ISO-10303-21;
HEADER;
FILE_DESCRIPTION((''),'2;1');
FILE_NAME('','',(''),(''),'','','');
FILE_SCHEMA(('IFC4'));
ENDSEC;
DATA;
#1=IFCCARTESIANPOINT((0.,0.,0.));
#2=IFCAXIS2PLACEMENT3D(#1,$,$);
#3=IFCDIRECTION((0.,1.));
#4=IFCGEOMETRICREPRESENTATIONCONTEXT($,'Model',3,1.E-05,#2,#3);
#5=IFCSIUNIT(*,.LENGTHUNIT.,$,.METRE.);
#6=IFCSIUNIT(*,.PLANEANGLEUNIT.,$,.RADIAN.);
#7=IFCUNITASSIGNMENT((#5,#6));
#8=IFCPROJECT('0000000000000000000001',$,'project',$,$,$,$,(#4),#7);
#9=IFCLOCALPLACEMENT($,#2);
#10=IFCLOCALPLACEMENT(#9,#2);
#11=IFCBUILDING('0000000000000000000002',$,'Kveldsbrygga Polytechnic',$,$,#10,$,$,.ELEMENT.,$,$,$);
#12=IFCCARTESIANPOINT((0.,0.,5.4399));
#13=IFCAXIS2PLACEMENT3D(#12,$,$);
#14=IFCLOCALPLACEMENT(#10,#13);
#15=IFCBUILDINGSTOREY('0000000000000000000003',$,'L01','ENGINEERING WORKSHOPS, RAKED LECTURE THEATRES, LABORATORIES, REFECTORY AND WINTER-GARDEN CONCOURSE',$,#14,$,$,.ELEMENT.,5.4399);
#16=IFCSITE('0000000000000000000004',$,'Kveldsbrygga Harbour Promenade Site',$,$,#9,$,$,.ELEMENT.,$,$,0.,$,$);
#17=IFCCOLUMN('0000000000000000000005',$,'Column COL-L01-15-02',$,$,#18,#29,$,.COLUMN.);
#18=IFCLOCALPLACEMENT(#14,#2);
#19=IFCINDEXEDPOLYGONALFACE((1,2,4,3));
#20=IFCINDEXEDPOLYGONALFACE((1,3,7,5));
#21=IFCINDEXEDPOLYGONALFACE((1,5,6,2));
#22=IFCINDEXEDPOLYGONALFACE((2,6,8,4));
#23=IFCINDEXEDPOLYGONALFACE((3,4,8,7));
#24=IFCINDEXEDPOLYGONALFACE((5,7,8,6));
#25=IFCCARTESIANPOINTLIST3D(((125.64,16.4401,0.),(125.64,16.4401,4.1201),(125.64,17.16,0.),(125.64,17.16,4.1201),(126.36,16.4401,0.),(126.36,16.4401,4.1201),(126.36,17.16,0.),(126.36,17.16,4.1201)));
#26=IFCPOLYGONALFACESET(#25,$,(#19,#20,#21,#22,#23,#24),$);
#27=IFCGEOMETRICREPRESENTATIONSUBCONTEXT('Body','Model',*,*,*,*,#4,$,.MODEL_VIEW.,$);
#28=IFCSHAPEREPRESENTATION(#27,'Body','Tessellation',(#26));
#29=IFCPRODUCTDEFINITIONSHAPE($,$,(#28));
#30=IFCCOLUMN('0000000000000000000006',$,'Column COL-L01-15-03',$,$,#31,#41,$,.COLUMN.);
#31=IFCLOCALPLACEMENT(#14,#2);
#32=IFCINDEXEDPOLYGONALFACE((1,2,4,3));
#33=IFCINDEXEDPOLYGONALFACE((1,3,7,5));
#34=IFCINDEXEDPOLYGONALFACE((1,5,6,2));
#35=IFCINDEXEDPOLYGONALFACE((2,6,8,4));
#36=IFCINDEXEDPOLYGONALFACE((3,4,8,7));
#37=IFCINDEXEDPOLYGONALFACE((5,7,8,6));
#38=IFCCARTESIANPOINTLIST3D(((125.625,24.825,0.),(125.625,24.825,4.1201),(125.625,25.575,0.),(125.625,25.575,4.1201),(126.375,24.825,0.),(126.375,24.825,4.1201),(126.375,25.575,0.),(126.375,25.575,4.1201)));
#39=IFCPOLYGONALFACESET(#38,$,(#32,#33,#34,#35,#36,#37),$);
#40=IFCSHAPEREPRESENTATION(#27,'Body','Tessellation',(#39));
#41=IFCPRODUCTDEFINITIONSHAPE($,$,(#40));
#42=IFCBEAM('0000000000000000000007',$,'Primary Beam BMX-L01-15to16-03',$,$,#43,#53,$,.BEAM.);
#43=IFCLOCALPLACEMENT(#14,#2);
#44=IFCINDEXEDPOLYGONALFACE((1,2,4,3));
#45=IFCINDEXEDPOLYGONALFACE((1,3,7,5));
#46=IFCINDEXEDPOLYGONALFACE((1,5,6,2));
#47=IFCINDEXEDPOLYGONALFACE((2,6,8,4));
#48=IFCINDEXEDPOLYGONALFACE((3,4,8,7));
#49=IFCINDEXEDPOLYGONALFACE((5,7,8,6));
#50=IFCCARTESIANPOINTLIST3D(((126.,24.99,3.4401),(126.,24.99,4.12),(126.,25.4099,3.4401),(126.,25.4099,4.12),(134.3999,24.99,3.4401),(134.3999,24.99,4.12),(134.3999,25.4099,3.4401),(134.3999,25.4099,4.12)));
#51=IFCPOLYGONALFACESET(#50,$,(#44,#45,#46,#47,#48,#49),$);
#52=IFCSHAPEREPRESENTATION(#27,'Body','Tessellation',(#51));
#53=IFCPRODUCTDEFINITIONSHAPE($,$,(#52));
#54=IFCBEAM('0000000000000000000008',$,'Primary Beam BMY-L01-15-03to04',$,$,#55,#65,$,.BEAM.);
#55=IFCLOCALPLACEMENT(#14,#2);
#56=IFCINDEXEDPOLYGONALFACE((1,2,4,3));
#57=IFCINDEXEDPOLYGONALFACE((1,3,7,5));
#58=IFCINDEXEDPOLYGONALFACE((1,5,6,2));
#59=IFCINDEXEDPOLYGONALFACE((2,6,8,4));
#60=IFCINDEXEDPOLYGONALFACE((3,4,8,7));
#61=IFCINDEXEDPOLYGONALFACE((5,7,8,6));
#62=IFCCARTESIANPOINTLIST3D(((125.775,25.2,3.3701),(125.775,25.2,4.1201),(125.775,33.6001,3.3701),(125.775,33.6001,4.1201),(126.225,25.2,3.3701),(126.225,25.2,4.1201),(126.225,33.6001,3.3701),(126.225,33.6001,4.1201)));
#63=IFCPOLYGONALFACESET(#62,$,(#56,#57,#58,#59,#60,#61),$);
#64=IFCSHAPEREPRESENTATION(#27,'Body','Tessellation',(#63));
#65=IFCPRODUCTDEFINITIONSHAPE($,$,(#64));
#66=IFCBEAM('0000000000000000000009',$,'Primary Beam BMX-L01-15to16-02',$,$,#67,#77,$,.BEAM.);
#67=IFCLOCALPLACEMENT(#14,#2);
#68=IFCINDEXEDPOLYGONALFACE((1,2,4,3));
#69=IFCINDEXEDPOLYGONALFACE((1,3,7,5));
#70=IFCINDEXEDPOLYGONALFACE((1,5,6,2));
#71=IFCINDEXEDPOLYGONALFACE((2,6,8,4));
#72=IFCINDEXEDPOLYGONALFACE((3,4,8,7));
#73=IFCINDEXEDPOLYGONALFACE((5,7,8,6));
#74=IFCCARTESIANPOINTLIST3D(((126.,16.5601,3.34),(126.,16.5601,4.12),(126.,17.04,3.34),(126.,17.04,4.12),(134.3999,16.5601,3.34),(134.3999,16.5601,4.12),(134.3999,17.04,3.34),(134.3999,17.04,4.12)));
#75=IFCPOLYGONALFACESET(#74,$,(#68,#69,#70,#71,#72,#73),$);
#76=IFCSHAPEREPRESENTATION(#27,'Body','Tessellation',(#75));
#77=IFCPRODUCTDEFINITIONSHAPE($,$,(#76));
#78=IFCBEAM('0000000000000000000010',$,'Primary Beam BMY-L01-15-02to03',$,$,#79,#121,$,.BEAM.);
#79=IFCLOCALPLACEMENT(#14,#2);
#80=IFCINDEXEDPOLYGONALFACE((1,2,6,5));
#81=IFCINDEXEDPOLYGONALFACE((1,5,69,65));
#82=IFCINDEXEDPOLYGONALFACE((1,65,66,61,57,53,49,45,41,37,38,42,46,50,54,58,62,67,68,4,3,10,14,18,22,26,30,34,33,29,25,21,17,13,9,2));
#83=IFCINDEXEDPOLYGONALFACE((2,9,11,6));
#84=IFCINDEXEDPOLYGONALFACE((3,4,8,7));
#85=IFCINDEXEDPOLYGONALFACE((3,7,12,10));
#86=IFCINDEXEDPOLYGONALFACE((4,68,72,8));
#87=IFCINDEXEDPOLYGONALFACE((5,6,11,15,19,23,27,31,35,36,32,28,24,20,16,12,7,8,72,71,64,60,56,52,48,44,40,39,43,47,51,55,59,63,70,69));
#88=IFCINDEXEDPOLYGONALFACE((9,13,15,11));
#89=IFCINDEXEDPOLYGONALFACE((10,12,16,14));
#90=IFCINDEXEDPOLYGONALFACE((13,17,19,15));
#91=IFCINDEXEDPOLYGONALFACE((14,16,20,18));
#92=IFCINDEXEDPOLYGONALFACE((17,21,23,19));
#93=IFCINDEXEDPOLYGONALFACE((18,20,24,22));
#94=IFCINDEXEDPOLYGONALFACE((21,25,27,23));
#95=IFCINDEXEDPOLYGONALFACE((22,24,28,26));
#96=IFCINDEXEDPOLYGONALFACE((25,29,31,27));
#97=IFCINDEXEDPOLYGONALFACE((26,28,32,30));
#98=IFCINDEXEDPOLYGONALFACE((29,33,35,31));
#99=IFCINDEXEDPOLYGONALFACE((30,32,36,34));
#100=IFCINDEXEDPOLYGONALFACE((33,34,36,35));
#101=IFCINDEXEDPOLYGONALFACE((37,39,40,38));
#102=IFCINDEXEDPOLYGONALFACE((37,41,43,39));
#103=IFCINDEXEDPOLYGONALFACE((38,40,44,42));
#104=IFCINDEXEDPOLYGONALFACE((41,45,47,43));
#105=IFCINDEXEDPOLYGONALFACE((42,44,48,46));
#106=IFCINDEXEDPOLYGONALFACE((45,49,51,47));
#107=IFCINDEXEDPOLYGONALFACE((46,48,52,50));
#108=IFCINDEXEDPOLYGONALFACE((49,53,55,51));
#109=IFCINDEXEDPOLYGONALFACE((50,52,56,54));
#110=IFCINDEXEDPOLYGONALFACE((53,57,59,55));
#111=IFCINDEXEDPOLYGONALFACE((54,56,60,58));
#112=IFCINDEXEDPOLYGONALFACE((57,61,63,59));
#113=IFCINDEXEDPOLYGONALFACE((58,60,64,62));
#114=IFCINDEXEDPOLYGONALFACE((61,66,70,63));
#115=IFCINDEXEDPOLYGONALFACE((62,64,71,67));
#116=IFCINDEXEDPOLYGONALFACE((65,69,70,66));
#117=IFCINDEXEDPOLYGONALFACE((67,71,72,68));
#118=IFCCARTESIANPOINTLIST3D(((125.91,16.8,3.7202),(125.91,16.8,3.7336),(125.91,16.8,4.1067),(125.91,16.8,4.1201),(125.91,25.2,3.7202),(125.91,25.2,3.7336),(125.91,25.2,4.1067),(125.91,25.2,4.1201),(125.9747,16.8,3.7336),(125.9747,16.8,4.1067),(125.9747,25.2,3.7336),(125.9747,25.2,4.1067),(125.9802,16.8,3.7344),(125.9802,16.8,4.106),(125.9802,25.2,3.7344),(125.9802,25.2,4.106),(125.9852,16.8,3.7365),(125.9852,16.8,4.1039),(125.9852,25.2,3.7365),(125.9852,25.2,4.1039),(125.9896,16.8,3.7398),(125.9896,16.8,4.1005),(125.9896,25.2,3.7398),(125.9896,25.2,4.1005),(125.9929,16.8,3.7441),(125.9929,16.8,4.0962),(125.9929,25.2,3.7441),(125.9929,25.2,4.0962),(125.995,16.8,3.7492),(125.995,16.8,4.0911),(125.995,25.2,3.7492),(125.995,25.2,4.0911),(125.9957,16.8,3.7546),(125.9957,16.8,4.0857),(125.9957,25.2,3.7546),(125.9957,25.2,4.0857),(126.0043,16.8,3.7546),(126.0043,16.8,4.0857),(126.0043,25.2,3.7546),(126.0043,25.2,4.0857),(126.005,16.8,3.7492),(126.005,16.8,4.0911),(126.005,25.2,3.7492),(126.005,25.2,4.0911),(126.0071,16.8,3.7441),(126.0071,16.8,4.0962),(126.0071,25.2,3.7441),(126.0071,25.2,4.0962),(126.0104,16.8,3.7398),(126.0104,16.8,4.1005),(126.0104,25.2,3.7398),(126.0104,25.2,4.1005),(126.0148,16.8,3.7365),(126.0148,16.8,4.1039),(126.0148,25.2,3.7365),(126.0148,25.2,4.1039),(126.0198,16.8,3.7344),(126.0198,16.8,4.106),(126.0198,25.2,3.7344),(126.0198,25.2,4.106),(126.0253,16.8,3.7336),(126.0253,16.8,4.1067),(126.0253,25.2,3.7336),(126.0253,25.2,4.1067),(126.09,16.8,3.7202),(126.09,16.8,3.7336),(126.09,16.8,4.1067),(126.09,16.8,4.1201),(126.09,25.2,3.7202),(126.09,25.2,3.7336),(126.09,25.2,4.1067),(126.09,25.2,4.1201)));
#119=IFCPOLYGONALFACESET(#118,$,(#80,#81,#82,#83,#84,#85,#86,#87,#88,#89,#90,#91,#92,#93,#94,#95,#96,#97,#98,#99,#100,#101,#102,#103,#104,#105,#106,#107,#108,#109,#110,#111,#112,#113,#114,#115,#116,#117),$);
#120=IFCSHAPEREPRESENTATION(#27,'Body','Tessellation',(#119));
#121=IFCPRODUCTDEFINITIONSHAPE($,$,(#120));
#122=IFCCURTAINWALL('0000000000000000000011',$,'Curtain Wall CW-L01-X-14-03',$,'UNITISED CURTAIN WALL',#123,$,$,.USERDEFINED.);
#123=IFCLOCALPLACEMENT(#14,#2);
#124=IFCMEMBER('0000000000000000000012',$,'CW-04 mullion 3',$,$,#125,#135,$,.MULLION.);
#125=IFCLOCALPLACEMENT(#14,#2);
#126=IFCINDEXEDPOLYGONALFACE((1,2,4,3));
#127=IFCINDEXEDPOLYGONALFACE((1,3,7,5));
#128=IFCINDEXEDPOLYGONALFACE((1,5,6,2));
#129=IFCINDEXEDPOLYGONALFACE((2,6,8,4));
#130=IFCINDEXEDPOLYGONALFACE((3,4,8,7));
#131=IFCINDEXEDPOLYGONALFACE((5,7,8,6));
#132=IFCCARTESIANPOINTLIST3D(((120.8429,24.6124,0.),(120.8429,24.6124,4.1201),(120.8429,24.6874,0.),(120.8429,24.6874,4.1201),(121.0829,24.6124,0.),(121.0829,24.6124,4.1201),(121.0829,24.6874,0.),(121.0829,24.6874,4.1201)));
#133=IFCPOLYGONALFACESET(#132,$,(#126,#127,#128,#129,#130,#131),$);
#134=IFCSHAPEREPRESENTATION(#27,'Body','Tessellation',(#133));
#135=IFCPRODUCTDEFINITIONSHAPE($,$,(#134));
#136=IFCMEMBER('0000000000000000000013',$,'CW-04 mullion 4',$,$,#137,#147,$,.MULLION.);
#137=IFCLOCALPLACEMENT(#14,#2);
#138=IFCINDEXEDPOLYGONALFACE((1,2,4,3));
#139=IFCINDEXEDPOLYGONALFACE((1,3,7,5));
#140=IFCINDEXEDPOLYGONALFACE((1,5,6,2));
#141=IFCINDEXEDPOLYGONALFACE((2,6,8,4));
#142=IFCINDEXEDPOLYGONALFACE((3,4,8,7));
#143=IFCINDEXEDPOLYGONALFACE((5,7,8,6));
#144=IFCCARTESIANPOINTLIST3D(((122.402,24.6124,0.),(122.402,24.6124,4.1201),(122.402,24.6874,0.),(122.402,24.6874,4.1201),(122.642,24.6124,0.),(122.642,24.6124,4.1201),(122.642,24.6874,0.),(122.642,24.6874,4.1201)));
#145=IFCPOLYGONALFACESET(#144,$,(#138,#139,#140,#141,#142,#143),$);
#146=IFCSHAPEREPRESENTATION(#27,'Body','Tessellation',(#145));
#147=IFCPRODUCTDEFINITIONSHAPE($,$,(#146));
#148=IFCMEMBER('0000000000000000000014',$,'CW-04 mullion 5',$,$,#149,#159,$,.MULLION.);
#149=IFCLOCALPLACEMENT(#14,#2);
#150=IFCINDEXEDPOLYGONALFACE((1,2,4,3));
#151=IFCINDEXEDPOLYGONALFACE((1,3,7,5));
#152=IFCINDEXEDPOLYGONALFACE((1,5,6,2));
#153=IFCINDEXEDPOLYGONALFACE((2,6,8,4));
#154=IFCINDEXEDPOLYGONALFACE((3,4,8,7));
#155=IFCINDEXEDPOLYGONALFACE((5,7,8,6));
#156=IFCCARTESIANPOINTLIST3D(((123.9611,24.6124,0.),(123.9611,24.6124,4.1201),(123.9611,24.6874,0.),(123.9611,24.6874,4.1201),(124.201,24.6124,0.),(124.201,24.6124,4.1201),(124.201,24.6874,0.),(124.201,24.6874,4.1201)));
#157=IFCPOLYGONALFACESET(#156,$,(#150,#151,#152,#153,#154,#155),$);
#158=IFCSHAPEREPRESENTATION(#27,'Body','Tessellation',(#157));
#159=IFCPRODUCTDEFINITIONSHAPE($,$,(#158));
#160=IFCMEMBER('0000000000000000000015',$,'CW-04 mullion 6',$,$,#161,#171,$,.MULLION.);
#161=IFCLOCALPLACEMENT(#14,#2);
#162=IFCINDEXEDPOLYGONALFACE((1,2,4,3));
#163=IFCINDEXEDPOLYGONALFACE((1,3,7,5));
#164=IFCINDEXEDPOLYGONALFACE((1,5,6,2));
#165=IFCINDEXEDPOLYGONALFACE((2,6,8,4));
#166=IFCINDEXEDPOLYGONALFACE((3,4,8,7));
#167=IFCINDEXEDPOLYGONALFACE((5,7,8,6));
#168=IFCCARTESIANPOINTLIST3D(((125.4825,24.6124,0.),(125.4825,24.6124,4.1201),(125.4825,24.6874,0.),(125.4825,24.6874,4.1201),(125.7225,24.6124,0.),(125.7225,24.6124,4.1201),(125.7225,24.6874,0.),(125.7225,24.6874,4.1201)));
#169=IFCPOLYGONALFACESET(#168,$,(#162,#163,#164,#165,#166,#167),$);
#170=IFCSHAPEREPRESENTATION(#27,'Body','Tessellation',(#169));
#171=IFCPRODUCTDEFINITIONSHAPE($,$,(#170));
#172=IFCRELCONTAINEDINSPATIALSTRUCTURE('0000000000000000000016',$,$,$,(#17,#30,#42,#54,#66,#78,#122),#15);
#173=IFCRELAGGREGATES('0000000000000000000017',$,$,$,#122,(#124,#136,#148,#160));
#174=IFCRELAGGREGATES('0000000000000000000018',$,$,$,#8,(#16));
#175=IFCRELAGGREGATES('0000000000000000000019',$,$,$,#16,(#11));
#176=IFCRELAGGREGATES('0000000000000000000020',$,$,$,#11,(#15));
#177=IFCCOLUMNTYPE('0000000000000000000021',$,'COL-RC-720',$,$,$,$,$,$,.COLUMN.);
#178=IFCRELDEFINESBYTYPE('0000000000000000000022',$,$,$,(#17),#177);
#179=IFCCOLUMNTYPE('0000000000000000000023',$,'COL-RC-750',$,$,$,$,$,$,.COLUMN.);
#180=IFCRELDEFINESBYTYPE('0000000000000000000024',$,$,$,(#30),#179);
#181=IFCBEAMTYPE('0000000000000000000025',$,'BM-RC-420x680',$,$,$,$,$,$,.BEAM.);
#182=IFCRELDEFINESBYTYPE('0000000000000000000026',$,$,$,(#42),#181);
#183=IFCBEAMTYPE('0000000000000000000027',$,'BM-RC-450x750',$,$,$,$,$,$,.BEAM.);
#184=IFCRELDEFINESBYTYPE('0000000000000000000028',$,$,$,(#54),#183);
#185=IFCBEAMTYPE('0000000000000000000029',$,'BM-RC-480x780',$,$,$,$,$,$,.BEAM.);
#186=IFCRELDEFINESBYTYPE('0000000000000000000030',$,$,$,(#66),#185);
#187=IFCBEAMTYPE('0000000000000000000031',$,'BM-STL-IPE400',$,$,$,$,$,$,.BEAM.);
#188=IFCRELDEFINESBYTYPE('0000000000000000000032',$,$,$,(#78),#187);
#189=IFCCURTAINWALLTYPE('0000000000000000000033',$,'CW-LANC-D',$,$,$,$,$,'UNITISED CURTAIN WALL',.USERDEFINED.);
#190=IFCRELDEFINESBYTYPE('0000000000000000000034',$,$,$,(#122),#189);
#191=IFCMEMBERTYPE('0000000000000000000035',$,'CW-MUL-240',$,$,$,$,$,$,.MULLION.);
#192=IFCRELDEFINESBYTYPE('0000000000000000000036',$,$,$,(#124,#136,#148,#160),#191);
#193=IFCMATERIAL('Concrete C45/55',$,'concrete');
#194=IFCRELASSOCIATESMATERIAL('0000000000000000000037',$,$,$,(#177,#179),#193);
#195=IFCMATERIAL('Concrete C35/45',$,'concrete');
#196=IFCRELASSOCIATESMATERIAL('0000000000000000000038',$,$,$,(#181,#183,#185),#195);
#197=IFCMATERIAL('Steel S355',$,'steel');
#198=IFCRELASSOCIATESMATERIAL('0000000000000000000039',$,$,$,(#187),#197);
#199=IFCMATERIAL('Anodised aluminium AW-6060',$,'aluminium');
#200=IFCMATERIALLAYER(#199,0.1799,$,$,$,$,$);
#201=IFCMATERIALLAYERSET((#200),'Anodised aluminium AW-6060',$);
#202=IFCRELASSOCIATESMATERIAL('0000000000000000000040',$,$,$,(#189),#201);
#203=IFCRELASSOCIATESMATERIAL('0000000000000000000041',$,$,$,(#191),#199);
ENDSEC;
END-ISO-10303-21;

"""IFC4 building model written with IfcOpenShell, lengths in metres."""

from ifc_helpers import new_model, si_unit, direction, frame, origin, origin_2d, place, context, subcontext, project, spatial, rectangle, i_section, extrude, material, layer, layer_set, material_profile, profile_set, type_object, element, aggregate, save


model = new_model("IFC4")

# Units and contexts
model_context = context("Model", 3, precision=1e-05, world=origin(), true_north=direction((0.0, 1.0)))
body_context = subcontext(model_context, "Body", "Model", "MODEL_VIEW")
ifc_project = project(units=[si_unit("LENGTHUNIT", "METRE"), si_unit("PLANEANGLEUNIT", "RADIAN")], contexts=[model_context])

# Site, building, storey
site_placement = place(None, origin())
site = spatial("IfcSite", under=ifc_project, at=site_placement, Name="Kveldsbrygga Harbour Promenade Site", CompositionType="ELEMENT", RefElevation=0.0)
building_placement = place(site_placement, origin())
building = spatial("IfcBuilding", under=site, at=building_placement, Name="Kveldsbrygga Polytechnic", CompositionType="ELEMENT")
storey_placement = place(building_placement, frame((0.0, 0.0, 5.4399)))
storey = spatial("IfcBuildingStorey", under=building, at=storey_placement, Name="L01", Description="ENGINEERING WORKSHOPS, RAKED LECTURE THEATRES, LABORATORIES, REFECTORY AND WINTER-GARDEN CONCOURSE", CompositionType="ELEMENT", Elevation=5.4399)

# Columns
ifc_material_1 = material(Name="Concrete C45/55", Category="concrete")
ifc_material_profile_1 = material_profile(ifc_material_1, rectangle(XDim=0.72, YDim=0.72, at=origin_2d()), Name="RC 720x720")
ifc_profile_set_1 = profile_set([ifc_material_profile_1], Name="Concrete C45/55")
column_type_1 = type_object("IfcColumnType", Name="COL-RC-720", PredefinedType="COLUMN", material=ifc_profile_set_1)
column_1_placement = place(storey_placement, frame((126.0, 16.8, 0.0), z_axis=(0.0, 0.0, 1.0), x_axis=(1.0, 0.0, 0.0)))
element("IfcColumn", 1, at=column_1_placement, inside=storey, type_object=column_type_1, Name="Column COL-L01-15-02", PredefinedType="COLUMN", context=body_context, shape_type="SweptSolid", body=[
    extrude(rectangle(XDim=0.72, YDim=0.72, at=origin_2d()), origin(), (0.0, 0.0, 1.0), 4.1201),
])
ifc_material_profile_2 = material_profile(ifc_material_1, rectangle(XDim=0.75, YDim=0.75, at=origin_2d()), Name="RC 750x750")
ifc_profile_set_2 = profile_set([ifc_material_profile_2], Name="Concrete C45/55")
column_type_2 = type_object("IfcColumnType", Name="COL-RC-750", PredefinedType="COLUMN", material=ifc_profile_set_2)
column_2_placement = place(storey_placement, frame((126.0, 25.2, 0.0), z_axis=(0.0, 0.0, 1.0), x_axis=(1.0, 0.0, 0.0)))
element("IfcColumn", 2, at=column_2_placement, inside=storey, type_object=column_type_2, Name="Column COL-L01-15-03", PredefinedType="COLUMN", context=body_context, shape_type="SweptSolid", body=[
    extrude(rectangle(XDim=0.75, YDim=0.75, at=origin_2d()), origin(), (0.0, 0.0, 1.0), 4.1201),
])

# Beams
ifc_material_2 = material(Name="Concrete C35/45", Category="concrete")
ifc_material_profile_3 = material_profile(ifc_material_2, rectangle(XDim=0.4199, YDim=0.6799, at=origin_2d()), Name="RC 420x680")
ifc_profile_set_3 = profile_set([ifc_material_profile_3], Name="Concrete C35/45")
beam_type_1 = type_object("IfcBeamType", Name="BM-RC-420x680", PredefinedType="BEAM", material=ifc_profile_set_3)
beam_1_placement = place(storey_placement, frame((126.0, 25.2, 3.78), z_axis=(1.0, 0.0, 0.0), x_axis=(0.0, 1.0, 0.0)))
element("IfcBeam", 3, at=beam_1_placement, inside=storey, type_object=beam_type_1, Name="Primary Beam BMX-L01-15to16-03", PredefinedType="BEAM", context=body_context, shape_type="SweptSolid", body=[
    extrude(rectangle(XDim=0.4199, YDim=0.6799, at=origin_2d()), origin(), (0.0, 0.0, 1.0), 8.3999),
])
ifc_material_profile_4 = material_profile(ifc_material_2, rectangle(XDim=0.45, YDim=0.75, at=origin_2d()), Name="RC 450x750")
ifc_profile_set_4 = profile_set([ifc_material_profile_4], Name="Concrete C35/45")
beam_type_2 = type_object("IfcBeamType", Name="BM-RC-450x750", PredefinedType="BEAM", material=ifc_profile_set_4)
beam_2_placement = place(storey_placement, frame((126.0, 25.2, 3.7451), z_axis=(0.0, 1.0, 0.0), x_axis=(-1.0, 0.0, 0.0)))
element("IfcBeam", 4, at=beam_2_placement, inside=storey, type_object=beam_type_2, Name="Primary Beam BMY-L01-15-03to04", PredefinedType="BEAM", context=body_context, shape_type="SweptSolid", body=[
    extrude(rectangle(XDim=0.45, YDim=0.75, at=origin_2d()), origin(), (0.0, 0.0, 1.0), 8.4001),
])
ifc_material_profile_5 = material_profile(ifc_material_2, rectangle(XDim=0.48, YDim=0.78, at=origin_2d()), Name="RC 480x780")
ifc_profile_set_5 = profile_set([ifc_material_profile_5], Name="Concrete C35/45")
beam_type_3 = type_object("IfcBeamType", Name="BM-RC-480x780", PredefinedType="BEAM", material=ifc_profile_set_5)
beam_3_placement = place(storey_placement, frame((126.0, 16.8, 3.73), z_axis=(1.0, 0.0, 0.0), x_axis=(0.0, 1.0, 0.0)))
element("IfcBeam", 5, at=beam_3_placement, inside=storey, type_object=beam_type_3, Name="Primary Beam BMX-L01-15to16-02", PredefinedType="BEAM", context=body_context, shape_type="SweptSolid", body=[
    extrude(rectangle(XDim=0.48, YDim=0.78, at=origin_2d()), origin(), (0.0, 0.0, 1.0), 8.3999),
])
ifc_material_3 = material(Name="Steel S355", Category="steel")
ifc_material_profile_6 = material_profile(ifc_material_3, i_section(OverallWidth=0.1799, OverallDepth=0.3999, WebThickness=0.0085, FlangeThickness=0.0134, FilletRadius=0.021, at=origin_2d()), Name="IPE 400")
ifc_profile_set_6 = profile_set([ifc_material_profile_6], Name="Steel S355")
beam_type_4 = type_object("IfcBeamType", Name="BM-STL-IPE400", PredefinedType="BEAM", material=ifc_profile_set_6)
beam_4_placement = place(storey_placement, frame((126.0, 16.8, 3.9202), z_axis=(0.0, 1.0, 0.0), x_axis=(-1.0, 0.0, 0.0)))
element("IfcBeam", 6, at=beam_4_placement, inside=storey, type_object=beam_type_4, Name="Primary Beam BMY-L01-15-02to03", PredefinedType="BEAM", context=body_context, shape_type="SweptSolid", body=[
    extrude(i_section(OverallWidth=0.1799, OverallDepth=0.3999, WebThickness=0.0085, FlangeThickness=0.0134, FilletRadius=0.021, at=origin_2d()), origin(), (0.0, 0.0, 1.0), 8.3999),
])

# Curtain wall, members
ifc_material_4 = material(Name="Anodised aluminium AW-6060", Category="aluminium")
ifc_layer_1 = layer(ifc_material_4, 0.1799)
ifc_layer_set_1 = layer_set([ifc_layer_1], Name="Anodised aluminium AW-6060")
curtain_wall_type = type_object("IfcCurtainWallType", Name="CW-LANC-D", ElementType="UNITISED CURTAIN WALL", PredefinedType="USERDEFINED", material=ifc_layer_set_1)
curtain_wall_placement = place(storey_placement, origin())
curtain_wall = element("IfcCurtainWall", 7, at=curtain_wall_placement, inside=storey, type_object=curtain_wall_type, Name="Curtain Wall CW-L01-X-14-03", ObjectType="UNITISED CURTAIN WALL", PredefinedType="USERDEFINED")
ifc_material_profile_7 = material_profile(ifc_material_4, rectangle(XDim=0.075, YDim=0.24, at=origin_2d()), Name="ALU 75x240")
ifc_profile_set_7 = profile_set([ifc_material_profile_7], Name="Anodised aluminium AW-6060")
member_type_1 = type_object("IfcMemberType", Name="CW-MUL-240", PredefinedType="MULLION", material=ifc_profile_set_7)
member_1_placement = place(storey_placement, frame((120.9629, 24.6499, 0.0), z_axis=(0.0, 0.0, 1.0), x_axis=(0.0, 1.0, 0.0)))
member_1 = element("IfcMember", 8, at=member_1_placement, type_object=member_type_1, Name="CW-04 mullion 3", PredefinedType="MULLION", context=body_context, shape_type="SweptSolid", body=[
    extrude(rectangle(XDim=0.075, YDim=0.24, at=origin_2d()), origin(), (0.0, 0.0, 1.0), 4.1201),
])
member_2_placement = place(storey_placement, frame((122.522, 24.6499, 0.0), z_axis=(0.0, 0.0, 1.0), x_axis=(0.0, 1.0, 0.0)))
member_2 = element("IfcMember", 9, at=member_2_placement, type_object=member_type_1, Name="CW-04 mullion 4", PredefinedType="MULLION", context=body_context, shape_type="SweptSolid", body=[
    extrude(rectangle(XDim=0.075, YDim=0.24, at=origin_2d()), origin(), (0.0, 0.0, 1.0), 4.1201),
])
member_3_placement = place(storey_placement, frame((124.0811, 24.6499, 0.0), z_axis=(0.0, 0.0, 1.0), x_axis=(0.0, 1.0, 0.0)))
member_3 = element("IfcMember", 10, at=member_3_placement, type_object=member_type_1, Name="CW-04 mullion 5", PredefinedType="MULLION", context=body_context, shape_type="SweptSolid", body=[
    extrude(rectangle(XDim=0.075, YDim=0.24, at=origin_2d()), origin(), (0.0, 0.0, 1.0), 4.1201),
])
member_4_placement = place(storey_placement, frame((125.6025, 24.6499, 0.0), z_axis=(0.0, 0.0, 1.0), x_axis=(0.0, 1.0, 0.0)))
member_4 = element("IfcMember", 11, at=member_4_placement, type_object=member_type_1, Name="CW-04 mullion 6", PredefinedType="MULLION", context=body_context, shape_type="SweptSolid", body=[
    extrude(rectangle(XDim=0.075, YDim=0.24, at=origin_2d()), origin(), (0.0, 0.0, 1.0), 4.1201),
])

aggregate(curtain_wall, [member_1, member_2, member_3, member_4])

save(model, "model.ifc")
